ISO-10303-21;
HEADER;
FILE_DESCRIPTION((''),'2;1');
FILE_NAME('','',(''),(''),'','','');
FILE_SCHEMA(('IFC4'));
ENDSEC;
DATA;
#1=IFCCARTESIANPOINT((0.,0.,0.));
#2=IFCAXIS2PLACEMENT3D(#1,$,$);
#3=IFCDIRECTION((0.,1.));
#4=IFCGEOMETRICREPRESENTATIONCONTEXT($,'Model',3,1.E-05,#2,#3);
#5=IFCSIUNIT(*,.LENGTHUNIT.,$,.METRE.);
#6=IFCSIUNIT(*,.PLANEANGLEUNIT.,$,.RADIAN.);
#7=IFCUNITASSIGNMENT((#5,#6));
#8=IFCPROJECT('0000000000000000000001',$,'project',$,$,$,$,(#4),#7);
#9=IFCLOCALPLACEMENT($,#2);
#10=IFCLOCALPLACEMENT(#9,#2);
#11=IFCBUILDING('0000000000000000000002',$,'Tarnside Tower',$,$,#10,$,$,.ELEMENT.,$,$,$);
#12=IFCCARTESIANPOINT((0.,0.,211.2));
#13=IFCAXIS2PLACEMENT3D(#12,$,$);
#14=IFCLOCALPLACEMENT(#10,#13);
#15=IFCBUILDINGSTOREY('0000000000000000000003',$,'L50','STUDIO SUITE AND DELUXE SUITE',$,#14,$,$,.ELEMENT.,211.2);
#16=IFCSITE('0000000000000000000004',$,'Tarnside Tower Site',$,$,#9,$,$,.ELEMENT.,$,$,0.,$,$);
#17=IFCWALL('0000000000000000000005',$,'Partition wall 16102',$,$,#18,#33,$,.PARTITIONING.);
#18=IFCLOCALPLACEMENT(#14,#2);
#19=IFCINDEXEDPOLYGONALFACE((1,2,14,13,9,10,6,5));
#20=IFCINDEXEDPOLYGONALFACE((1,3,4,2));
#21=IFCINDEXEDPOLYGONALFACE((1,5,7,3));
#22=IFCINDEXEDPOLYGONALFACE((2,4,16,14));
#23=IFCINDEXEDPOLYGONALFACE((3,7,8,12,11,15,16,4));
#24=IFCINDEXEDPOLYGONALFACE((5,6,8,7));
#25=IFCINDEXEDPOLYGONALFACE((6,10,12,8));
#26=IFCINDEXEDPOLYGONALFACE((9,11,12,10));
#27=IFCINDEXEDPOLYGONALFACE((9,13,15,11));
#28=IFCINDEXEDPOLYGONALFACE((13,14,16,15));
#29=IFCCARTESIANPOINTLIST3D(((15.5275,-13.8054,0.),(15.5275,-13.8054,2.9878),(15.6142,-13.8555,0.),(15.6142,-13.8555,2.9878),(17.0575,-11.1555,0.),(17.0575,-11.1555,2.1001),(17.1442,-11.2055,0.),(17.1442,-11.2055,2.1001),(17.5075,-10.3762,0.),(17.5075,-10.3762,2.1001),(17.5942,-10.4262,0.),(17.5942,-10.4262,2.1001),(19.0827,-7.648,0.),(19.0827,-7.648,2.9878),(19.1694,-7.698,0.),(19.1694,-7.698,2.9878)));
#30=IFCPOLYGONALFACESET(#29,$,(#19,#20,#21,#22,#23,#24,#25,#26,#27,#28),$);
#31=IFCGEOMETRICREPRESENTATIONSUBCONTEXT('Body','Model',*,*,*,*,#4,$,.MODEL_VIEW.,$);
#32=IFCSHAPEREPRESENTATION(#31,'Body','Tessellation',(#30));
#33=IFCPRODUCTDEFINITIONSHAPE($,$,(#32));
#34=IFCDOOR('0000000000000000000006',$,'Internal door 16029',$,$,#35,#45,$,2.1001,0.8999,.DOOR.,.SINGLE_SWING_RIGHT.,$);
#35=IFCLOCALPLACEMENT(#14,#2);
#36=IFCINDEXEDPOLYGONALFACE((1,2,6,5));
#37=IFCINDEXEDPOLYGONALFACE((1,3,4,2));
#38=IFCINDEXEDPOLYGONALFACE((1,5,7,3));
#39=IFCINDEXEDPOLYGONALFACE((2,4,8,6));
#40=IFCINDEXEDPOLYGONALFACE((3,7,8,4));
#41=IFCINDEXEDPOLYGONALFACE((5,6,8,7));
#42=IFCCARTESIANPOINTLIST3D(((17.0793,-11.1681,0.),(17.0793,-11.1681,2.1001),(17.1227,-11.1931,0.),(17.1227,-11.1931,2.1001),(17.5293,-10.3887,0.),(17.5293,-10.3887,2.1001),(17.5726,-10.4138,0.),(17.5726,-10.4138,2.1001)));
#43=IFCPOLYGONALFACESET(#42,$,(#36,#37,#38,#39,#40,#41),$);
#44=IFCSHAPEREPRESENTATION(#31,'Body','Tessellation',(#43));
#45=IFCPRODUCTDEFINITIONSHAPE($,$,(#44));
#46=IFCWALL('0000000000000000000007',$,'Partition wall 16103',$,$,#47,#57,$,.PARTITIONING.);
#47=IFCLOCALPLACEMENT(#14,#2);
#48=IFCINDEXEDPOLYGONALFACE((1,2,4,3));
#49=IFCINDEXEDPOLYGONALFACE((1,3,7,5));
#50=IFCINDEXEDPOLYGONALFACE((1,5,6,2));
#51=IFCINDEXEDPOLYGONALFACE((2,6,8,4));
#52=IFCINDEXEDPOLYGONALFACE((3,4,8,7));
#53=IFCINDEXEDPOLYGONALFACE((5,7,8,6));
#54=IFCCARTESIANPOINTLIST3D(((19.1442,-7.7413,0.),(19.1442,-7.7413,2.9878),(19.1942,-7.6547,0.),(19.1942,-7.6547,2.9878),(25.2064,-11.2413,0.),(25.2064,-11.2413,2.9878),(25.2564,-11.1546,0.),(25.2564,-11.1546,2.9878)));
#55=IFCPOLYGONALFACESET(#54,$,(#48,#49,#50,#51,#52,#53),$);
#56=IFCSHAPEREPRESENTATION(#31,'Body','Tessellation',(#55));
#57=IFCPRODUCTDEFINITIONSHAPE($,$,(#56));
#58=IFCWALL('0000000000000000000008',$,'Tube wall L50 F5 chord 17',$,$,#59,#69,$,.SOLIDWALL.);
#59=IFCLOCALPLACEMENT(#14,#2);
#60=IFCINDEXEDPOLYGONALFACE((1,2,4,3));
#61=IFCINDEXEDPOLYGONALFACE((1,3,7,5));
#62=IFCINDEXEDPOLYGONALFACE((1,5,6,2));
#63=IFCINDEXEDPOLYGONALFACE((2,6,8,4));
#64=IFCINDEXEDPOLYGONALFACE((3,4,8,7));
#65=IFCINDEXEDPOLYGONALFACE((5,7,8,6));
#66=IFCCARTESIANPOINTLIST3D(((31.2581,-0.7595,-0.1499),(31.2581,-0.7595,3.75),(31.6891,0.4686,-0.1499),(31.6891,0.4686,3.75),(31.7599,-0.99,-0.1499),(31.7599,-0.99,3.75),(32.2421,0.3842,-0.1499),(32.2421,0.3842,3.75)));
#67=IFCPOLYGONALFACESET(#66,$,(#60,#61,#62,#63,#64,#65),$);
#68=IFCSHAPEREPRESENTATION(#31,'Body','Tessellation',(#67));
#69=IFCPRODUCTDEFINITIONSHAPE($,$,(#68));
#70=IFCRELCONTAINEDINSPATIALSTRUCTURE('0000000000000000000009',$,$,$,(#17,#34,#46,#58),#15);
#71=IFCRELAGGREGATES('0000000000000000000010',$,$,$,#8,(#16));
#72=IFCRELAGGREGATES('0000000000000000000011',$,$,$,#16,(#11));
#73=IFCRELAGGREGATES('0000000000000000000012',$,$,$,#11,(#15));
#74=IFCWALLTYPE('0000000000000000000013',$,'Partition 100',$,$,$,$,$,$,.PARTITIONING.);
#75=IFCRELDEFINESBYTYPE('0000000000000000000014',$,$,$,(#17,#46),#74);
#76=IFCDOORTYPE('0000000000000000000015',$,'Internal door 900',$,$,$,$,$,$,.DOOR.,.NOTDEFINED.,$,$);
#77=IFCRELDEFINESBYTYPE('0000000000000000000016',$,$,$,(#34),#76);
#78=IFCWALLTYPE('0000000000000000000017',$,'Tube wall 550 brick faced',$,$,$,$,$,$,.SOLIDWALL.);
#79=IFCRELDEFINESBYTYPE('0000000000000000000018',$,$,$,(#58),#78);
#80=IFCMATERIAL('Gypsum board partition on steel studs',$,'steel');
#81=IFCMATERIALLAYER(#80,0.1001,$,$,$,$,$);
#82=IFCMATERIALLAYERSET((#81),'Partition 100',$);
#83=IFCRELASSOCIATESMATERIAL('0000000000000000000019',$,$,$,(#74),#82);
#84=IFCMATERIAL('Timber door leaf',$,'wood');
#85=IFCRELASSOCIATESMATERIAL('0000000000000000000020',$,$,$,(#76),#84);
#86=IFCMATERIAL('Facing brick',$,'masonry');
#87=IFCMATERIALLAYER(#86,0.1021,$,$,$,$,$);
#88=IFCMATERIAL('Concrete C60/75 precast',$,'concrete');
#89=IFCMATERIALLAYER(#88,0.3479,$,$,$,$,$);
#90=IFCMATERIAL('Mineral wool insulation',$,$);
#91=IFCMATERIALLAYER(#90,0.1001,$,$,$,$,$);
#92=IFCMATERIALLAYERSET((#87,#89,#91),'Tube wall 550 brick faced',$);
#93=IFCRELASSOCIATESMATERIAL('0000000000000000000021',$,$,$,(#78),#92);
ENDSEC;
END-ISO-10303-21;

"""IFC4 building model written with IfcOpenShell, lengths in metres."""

from ifc_helpers import new_model, si_unit, direction, frame, frame_2d, origin, place, context, subcontext, project, spatial, polyline, rectangle, outline, extrude, material, layer, layer_set, type_object, element, fill, save


model = new_model("IFC4")

# Units and contexts
model_context = context("Model", 3, precision=1e-05, world=origin(), true_north=direction((0.0, 1.0)))
body_context = subcontext(model_context, "Body", "Model", "MODEL_VIEW")
ifc_project = project(units=[si_unit("LENGTHUNIT", "METRE"), si_unit("PLANEANGLEUNIT", "RADIAN")], contexts=[model_context])

# Site, building, storey
site_placement = place(None, origin())
site = spatial("IfcSite", under=ifc_project, at=site_placement, Name="Tarnside Tower Site", CompositionType="ELEMENT", RefElevation=0.0)
building_placement = place(site_placement, origin())
building = spatial("IfcBuilding", under=site, at=building_placement, Name="Tarnside Tower", CompositionType="ELEMENT")
storey_placement = place(building_placement, frame((0.0, 0.0, 211.2)))
storey = spatial("IfcBuildingStorey", under=building, at=storey_placement, Name="L50", Description="STUDIO SUITE AND DELUXE SUITE", CompositionType="ELEMENT", Elevation=211.2)

# Shared definitions
ifc_material_1 = material(Name="Gypsum board partition on steel studs", Category="steel")

# Shared definitions
ifc_material_2 = material(Name="Timber door leaf", Category="wood")

# Wall, opening, door
ifc_layer_1 = layer(ifc_material_1, 0.1001)
ifc_layer_set_1 = layer_set([ifc_layer_1], Name="Partition 100")
wall_type_1 = type_object("IfcWallType", Name="Partition 100", PredefinedType="PARTITIONING", material=ifc_layer_set_1)
wall_1_placement = place(storey_placement, frame((15.5708, -13.8306, 0.0), z_axis=(0.0, 0.0, 1.0), x_axis=(0.500017, 0.866016, 0.0)))
wall_1 = element("IfcWall", 1, at=wall_1_placement, inside=storey, type_object=wall_type_1, Name="Partition wall 16102", PredefinedType="PARTITIONING", context=body_context, shape_type="SweptSolid", body=[
    extrude(rectangle(XDim=7.1101, YDim=0.1001, at=frame_2d((3.5552, 0.0))), origin(), (0.0, 0.0, 1.0), 2.9878),
])
opening_1_placement = place(wall_1_placement, frame((3.0601, 0.0, 0.0)))
opening_1 = element("IfcOpeningElement", 2, at=opening_1_placement, cuts=wall_1, PredefinedType="OPENING", context=body_context, shape_type="SweptSolid", body=[
    extrude(rectangle(XDim=0.8999, YDim=2.1001, at=frame_2d((0.45, 1.05))), frame((0.0, 0.0601, 0.0), z_axis=(0.0, -1.0, 0.0), x_axis=(1.0, 0.0, 0.0)), (0.0, 0.0, 1.0), 0.1201),
])
door_type_1 = type_object("IfcDoorType", Name="Internal door 900", OperationType="NOTDEFINED", PredefinedType="DOOR", material=ifc_material_2)
door_1_placement = place(opening_1_placement, origin())
door_1 = element("IfcDoor", 3, at=door_1_placement, inside=storey, type_object=door_type_1, Name="Internal door 16029", OperationType="SINGLE_SWING_RIGHT", OverallHeight=2.1001, OverallWidth=0.8999, PredefinedType="DOOR", context=body_context, shape_type="SweptSolid", body=[
    extrude(rectangle(XDim=0.8999, YDim=2.1001, at=frame_2d((0.45, 1.05))), frame((0.0, 0.0249, 0.0), z_axis=(0.0, -1.0, 0.0), x_axis=(1.0, 0.0, 0.0)), (0.0, 0.0, 1.0), 0.05),
])
fill(opening_1, door_1)

# Walls
wall_2_placement = place(storey_placement, frame((19.1692, -7.698, 0.0), z_axis=(0.0, 0.0, 1.0), x_axis=(0.866028, -0.499995, 0.0)))
element("IfcWall", 4, at=wall_2_placement, inside=storey, type_object=wall_type_1, Name="Partition wall 16103", PredefinedType="PARTITIONING", context=body_context, shape_type="SweptSolid", body=[
    extrude(rectangle(XDim=7.0, YDim=0.1001, at=frame_2d((3.5, 0.0))), origin(), (0.0, 0.0, 1.0), 2.9878),
])
ifc_material_3 = material(Name="Facing brick", Category="masonry")
ifc_layer_2 = layer(ifc_material_3, 0.1021)
ifc_material_4 = material(Name="Concrete C60/75 precast", Category="concrete")
ifc_layer_3 = layer(ifc_material_4, 0.3479)
ifc_material_5 = material(Name="Mineral wool insulation")
ifc_layer_4 = layer(ifc_material_5, 0.1001)
ifc_layer_set_2 = layer_set([ifc_layer_2, ifc_layer_3, ifc_layer_4], Name="Tube wall 550 brick faced")
wall_type_2 = type_object("IfcWallType", Name="Tube wall 550 brick faced", PredefinedType="SOLIDWALL", material=ifc_layer_set_2)
wall_3_placement = place(storey_placement, frame((31.509, -0.8748, -0.1499), z_axis=(0.0, 0.0, 1.0), x_axis=(0.331115, 0.94359, 0.0)))
element("IfcWall", 5, at=wall_3_placement, inside=storey, type_object=wall_type_2, Name="Tube wall L50 F5 chord 17", PredefinedType="SOLIDWALL", context=body_context, shape_type="SweptSolid", body=[
    extrude(outline(polyline([(-0.0256, -0.2749), (1.4307, -0.2749), (1.3271, 0.2749), (0.0256, 0.2749), (-0.0256, -0.2749)])), origin(), (0.0, 0.0, 1.0), 3.8999),
])

save(model, "model.ifc")
